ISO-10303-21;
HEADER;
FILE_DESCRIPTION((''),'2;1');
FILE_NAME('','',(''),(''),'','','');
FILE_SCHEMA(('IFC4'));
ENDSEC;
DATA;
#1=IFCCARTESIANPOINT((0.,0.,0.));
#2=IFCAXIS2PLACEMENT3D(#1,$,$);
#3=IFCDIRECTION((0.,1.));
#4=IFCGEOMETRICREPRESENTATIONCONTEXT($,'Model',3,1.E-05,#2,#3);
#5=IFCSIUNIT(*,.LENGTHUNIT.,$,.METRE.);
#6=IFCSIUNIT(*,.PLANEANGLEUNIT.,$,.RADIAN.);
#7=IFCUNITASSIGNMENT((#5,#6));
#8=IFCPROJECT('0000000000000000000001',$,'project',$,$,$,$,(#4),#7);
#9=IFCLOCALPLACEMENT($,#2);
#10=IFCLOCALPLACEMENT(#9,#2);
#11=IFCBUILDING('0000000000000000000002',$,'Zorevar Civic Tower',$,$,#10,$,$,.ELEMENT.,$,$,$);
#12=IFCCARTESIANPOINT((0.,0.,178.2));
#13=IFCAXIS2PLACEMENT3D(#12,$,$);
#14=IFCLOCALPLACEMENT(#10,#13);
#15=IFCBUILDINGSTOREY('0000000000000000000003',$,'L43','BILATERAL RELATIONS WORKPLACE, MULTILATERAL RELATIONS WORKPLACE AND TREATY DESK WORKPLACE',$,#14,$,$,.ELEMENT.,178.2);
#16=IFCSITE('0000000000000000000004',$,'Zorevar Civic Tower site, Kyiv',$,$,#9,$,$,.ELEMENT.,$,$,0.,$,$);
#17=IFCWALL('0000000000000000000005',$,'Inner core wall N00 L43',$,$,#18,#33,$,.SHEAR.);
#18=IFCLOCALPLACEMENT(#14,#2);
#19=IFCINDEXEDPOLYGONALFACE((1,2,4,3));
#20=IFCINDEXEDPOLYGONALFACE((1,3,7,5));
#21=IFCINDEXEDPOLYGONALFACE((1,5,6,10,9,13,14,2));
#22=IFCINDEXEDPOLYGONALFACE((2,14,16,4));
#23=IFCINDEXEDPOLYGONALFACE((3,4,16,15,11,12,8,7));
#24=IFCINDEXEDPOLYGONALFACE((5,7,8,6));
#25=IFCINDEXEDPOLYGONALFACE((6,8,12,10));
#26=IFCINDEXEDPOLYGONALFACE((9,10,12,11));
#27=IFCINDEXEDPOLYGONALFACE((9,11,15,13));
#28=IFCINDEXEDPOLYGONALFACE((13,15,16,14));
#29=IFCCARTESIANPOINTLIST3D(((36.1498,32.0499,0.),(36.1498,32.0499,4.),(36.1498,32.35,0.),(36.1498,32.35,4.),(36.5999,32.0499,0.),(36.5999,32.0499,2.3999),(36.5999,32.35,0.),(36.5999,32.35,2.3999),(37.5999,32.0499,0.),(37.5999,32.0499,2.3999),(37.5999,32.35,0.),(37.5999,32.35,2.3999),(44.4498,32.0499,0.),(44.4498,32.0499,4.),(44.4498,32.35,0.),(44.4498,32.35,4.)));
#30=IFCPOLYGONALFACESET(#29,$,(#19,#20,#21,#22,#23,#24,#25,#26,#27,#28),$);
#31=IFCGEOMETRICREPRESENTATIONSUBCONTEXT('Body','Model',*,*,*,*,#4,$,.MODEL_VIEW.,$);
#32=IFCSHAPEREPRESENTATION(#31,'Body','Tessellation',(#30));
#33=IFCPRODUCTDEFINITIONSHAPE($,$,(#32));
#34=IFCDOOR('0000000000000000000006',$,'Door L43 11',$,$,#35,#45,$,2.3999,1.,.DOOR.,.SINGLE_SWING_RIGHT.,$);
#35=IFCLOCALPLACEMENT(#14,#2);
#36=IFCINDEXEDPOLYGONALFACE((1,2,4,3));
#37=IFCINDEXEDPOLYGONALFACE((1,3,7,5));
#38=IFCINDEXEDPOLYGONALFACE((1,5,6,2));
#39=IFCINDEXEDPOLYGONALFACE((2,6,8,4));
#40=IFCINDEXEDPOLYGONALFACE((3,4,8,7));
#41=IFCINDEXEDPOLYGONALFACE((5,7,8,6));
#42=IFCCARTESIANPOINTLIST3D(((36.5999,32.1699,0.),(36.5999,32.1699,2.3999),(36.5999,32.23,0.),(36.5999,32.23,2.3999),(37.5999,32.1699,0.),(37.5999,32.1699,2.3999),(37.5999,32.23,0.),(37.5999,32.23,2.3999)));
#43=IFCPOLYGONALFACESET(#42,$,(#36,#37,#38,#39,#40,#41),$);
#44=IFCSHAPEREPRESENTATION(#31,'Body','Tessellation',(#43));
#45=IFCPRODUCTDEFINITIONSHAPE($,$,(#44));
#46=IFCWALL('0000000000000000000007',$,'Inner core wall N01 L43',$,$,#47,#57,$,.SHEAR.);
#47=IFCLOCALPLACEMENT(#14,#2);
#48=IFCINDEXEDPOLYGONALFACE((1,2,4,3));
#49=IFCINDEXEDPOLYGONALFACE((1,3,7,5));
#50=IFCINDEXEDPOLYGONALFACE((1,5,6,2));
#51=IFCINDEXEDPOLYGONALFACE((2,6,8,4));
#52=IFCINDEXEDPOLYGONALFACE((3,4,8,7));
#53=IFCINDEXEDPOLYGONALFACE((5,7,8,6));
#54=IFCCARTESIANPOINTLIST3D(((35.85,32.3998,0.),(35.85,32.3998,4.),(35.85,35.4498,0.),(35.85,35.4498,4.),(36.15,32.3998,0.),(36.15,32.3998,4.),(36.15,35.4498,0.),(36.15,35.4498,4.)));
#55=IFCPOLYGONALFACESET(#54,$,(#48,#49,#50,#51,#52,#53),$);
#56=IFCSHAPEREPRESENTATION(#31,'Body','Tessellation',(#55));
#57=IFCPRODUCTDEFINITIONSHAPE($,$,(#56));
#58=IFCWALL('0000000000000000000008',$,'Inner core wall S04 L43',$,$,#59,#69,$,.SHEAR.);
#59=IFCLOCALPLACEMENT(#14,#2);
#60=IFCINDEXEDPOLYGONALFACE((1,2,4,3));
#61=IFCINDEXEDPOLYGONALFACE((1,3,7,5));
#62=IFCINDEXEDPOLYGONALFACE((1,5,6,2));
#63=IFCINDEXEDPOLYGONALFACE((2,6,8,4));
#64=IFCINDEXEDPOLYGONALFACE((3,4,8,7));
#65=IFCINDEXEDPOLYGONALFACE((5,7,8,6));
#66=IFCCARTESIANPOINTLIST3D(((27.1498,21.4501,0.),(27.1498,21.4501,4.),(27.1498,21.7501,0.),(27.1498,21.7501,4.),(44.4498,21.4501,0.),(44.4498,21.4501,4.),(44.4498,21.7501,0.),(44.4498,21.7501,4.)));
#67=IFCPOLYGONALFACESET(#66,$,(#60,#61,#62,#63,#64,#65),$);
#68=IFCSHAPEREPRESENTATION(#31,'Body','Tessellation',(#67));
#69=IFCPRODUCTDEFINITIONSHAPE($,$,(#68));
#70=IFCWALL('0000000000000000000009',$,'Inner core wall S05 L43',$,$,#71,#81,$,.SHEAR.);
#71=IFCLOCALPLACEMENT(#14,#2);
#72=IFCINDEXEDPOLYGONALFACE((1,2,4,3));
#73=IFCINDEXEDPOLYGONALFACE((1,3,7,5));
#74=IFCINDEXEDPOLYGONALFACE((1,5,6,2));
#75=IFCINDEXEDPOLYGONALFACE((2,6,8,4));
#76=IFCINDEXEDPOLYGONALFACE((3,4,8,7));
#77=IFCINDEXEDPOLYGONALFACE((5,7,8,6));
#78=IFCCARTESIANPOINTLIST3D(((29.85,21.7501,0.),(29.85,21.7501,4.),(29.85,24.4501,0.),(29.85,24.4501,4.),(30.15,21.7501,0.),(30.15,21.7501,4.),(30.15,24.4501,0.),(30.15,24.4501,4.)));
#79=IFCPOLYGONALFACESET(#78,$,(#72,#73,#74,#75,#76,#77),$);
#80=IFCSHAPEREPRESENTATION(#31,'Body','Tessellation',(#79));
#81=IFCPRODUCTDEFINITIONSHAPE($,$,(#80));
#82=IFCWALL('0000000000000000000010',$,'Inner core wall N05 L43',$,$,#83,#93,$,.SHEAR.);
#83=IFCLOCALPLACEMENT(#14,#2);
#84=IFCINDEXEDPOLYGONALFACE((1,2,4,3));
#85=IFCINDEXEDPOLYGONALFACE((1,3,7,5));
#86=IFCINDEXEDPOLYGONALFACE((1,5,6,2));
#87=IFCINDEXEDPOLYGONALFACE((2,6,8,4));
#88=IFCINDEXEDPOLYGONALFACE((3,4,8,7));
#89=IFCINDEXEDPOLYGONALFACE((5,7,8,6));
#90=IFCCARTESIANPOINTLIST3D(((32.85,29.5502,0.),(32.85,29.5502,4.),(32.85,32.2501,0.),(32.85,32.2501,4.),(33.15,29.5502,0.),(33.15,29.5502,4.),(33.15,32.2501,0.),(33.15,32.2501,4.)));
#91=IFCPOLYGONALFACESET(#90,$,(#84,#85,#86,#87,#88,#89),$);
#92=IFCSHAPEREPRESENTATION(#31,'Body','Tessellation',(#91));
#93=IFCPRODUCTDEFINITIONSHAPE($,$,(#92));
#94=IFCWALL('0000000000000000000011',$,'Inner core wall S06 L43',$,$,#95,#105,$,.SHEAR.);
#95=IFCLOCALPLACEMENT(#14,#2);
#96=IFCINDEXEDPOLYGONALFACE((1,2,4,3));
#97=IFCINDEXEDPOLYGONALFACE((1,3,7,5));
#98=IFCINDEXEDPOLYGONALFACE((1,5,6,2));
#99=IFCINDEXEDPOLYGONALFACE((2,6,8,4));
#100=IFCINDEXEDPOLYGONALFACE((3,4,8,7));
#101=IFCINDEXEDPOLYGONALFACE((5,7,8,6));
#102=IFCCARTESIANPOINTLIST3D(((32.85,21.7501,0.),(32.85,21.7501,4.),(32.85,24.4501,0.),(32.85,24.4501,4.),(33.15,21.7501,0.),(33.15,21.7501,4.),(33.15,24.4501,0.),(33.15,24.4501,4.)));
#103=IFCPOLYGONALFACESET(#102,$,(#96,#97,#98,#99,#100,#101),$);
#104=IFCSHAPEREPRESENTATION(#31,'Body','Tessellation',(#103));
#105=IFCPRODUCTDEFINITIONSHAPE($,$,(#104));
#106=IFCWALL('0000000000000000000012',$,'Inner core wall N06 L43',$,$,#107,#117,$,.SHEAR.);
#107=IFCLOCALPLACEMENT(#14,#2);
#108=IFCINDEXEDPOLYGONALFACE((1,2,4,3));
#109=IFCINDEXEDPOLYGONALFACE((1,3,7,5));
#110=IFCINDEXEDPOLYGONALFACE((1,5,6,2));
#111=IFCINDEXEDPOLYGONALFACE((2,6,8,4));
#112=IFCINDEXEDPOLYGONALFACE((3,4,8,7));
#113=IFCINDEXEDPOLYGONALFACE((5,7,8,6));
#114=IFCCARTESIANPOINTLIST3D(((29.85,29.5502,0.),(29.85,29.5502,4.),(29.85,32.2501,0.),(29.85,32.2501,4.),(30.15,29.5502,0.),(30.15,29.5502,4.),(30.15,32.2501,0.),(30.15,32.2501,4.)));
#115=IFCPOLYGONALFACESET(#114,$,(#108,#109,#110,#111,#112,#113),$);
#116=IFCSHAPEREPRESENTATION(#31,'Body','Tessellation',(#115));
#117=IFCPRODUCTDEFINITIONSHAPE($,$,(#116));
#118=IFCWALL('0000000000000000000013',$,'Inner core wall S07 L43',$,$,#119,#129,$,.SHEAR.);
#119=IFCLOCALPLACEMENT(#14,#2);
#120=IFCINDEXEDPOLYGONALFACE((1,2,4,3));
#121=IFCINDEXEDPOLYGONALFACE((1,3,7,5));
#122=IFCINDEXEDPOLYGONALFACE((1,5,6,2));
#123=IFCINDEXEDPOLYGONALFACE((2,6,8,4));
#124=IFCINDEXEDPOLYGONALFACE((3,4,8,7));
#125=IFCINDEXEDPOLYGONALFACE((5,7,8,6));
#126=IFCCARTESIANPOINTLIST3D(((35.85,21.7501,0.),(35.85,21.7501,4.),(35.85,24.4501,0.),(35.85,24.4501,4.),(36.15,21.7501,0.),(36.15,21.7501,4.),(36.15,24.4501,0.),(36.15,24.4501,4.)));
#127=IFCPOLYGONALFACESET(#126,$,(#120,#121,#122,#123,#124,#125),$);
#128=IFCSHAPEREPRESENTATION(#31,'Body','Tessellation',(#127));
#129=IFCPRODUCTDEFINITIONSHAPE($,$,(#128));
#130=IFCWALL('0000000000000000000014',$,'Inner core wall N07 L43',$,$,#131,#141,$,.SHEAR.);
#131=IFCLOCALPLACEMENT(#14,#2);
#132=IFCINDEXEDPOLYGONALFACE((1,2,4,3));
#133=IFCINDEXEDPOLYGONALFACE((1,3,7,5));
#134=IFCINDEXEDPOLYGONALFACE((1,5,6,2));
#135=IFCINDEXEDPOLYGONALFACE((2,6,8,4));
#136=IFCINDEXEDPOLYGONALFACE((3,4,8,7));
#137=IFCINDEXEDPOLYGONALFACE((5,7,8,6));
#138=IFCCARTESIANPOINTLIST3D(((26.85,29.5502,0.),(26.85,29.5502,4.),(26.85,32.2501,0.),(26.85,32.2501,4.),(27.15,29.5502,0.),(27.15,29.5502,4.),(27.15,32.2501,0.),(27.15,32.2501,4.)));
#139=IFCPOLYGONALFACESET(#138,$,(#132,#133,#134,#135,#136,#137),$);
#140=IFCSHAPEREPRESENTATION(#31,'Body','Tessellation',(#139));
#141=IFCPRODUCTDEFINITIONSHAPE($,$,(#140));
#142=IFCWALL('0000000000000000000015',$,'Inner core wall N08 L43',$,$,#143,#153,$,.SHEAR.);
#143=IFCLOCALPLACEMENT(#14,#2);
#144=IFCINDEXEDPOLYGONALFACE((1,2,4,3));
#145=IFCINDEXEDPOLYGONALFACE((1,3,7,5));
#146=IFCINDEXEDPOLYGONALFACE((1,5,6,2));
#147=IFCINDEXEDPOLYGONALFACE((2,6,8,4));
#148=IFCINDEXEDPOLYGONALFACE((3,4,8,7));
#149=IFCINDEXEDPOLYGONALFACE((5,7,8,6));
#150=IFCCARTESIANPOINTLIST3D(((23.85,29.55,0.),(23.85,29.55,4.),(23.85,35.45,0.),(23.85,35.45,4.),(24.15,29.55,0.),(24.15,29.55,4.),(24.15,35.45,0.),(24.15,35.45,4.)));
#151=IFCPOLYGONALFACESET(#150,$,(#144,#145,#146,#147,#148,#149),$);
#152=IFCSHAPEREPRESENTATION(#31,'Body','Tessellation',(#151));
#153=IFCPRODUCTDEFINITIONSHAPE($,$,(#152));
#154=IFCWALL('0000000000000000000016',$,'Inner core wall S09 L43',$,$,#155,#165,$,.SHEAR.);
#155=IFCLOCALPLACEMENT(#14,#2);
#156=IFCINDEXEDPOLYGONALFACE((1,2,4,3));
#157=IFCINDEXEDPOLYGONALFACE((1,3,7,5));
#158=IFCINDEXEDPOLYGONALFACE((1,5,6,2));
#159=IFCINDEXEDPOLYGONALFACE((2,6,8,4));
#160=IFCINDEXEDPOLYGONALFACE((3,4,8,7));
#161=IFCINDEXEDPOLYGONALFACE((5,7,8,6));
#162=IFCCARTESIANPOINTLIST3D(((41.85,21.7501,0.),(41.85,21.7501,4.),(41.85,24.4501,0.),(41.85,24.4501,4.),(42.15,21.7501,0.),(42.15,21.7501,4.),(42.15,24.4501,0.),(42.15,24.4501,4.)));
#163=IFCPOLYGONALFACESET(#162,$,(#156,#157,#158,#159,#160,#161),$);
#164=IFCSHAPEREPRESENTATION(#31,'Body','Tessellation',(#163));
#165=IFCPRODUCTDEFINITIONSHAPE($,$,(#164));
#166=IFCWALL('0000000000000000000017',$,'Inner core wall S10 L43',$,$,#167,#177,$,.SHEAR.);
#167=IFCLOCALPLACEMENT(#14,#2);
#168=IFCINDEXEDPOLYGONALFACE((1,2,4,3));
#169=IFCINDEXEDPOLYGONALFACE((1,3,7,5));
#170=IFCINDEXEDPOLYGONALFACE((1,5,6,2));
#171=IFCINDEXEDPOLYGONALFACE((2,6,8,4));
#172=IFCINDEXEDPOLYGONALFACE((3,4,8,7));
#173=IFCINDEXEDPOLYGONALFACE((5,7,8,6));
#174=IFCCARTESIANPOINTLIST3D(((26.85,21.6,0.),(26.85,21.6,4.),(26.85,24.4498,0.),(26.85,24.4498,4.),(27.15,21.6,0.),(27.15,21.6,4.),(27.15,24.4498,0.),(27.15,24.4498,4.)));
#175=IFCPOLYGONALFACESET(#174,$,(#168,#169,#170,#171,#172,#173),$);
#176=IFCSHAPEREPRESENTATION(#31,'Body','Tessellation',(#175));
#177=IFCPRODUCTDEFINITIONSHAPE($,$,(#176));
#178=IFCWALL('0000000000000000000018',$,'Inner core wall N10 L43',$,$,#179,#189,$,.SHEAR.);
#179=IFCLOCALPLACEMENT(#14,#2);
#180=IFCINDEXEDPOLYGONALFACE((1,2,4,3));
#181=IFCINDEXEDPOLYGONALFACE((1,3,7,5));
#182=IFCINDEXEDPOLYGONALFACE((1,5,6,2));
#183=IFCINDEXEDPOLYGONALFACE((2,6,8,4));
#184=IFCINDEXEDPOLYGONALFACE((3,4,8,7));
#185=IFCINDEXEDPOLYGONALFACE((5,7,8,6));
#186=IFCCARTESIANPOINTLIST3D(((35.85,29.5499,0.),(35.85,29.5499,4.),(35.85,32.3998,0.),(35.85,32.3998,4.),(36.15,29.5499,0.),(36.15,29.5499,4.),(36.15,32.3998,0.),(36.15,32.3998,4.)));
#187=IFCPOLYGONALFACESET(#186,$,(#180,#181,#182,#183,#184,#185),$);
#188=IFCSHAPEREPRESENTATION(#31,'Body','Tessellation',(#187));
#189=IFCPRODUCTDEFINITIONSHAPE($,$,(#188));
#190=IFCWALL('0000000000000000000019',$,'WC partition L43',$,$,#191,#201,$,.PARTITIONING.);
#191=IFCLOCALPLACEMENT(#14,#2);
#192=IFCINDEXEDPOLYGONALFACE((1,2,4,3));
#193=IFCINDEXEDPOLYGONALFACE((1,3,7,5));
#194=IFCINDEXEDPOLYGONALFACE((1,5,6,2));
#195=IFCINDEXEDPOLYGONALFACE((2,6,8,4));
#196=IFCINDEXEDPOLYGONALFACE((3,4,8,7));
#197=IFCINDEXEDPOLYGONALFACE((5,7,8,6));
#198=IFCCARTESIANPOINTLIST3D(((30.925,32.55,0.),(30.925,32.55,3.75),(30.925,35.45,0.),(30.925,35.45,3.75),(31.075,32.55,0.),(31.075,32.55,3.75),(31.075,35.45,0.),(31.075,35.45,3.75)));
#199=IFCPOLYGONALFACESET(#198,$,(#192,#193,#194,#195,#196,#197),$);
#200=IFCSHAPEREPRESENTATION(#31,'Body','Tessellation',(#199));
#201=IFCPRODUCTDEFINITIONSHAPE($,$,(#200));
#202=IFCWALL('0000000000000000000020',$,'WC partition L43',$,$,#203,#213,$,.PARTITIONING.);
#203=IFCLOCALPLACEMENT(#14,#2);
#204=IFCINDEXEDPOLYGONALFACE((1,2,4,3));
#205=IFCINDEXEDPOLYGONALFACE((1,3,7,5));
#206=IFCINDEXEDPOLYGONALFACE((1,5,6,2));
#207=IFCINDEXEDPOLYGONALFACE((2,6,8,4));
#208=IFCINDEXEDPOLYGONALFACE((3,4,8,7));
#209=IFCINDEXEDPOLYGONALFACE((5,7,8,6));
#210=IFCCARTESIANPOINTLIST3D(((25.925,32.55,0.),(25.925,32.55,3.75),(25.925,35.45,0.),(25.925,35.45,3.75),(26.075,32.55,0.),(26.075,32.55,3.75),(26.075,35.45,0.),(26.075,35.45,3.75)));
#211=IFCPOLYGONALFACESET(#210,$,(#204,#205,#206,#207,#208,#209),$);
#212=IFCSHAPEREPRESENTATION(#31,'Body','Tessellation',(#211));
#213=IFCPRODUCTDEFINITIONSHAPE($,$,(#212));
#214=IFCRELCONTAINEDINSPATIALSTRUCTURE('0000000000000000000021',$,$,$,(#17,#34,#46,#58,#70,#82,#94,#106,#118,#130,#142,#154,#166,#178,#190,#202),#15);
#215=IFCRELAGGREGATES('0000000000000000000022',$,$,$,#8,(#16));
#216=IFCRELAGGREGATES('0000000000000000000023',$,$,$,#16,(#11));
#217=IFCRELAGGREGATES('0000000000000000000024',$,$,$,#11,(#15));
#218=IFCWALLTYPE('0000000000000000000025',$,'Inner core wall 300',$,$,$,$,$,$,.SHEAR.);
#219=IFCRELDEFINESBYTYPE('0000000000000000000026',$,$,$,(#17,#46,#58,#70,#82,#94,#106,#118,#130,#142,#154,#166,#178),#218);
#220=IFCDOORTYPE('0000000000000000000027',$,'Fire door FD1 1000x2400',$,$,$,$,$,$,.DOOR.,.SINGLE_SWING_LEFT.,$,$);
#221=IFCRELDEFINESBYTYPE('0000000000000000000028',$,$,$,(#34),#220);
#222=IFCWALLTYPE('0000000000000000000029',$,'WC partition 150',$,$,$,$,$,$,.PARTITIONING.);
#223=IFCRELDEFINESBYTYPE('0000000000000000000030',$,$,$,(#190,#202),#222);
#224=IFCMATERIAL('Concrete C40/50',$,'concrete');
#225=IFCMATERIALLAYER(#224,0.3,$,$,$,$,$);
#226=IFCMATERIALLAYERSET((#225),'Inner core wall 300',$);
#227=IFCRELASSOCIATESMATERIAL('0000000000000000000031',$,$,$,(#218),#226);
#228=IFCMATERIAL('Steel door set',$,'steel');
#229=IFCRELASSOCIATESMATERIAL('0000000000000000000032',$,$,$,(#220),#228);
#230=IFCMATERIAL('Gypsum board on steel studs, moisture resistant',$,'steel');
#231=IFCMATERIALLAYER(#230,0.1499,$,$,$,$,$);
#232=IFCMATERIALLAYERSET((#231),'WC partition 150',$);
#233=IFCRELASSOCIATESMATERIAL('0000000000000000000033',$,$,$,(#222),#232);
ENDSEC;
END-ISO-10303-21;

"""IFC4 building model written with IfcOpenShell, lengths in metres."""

from ifc_helpers import new_model, si_unit, direction, frame, frame_2d, origin, place, context, subcontext, project, spatial, rectangle, extrude, material, layer, layer_set, type_object, element, fill, save


model = new_model("IFC4")

# Units and contexts
model_context = context("Model", 3, precision=1e-05, world=origin(), true_north=direction((0.0, 1.0)))
body_context = subcontext(model_context, "Body", "Model", "MODEL_VIEW")
ifc_project = project(units=[si_unit("LENGTHUNIT", "METRE"), si_unit("PLANEANGLEUNIT", "RADIAN")], contexts=[model_context])

# Site, building, storey
site_placement = place(None, origin())
site = spatial("IfcSite", under=ifc_project, at=site_placement, Name="Zorevar Civic Tower site, Kyiv", CompositionType="ELEMENT", RefElevation=0.0)
building_placement = place(site_placement, origin())
building = spatial("IfcBuilding", under=site, at=building_placement, Name="Zorevar Civic Tower", CompositionType="ELEMENT")
storey_placement = place(building_placement, frame((0.0, 0.0, 178.2)))
storey = spatial("IfcBuildingStorey", under=building, at=storey_placement, Name="L43", Description="BILATERAL RELATIONS WORKPLACE, MULTILATERAL RELATIONS WORKPLACE AND TREATY DESK WORKPLACE", CompositionType="ELEMENT", Elevation=178.2)

# Wall, opening, door
ifc_material_1 = material(Name="Concrete C40/50", Category="concrete")
ifc_layer_1 = layer(ifc_material_1, 0.3)
ifc_layer_set_1 = layer_set([ifc_layer_1], Name="Inner core wall 300")
wall_type_1 = type_object("IfcWallType", Name="Inner core wall 300", PredefinedType="SHEAR", material=ifc_layer_set_1)
wall_1_placement = place(storey_placement, frame((36.1499, 32.2, 0.0), z_axis=(0.0, 0.0, 1.0), x_axis=(1.0, 0.0, 0.0)))
wall_1 = element("IfcWall", 1, at=wall_1_placement, inside=storey, type_object=wall_type_1, Name="Inner core wall N00 L43", PredefinedType="SHEAR", context=body_context, shape_type="SweptSolid", body=[
    extrude(rectangle(XDim=8.3, YDim=0.3, at=frame_2d((4.1499, 0.0))), origin(), (0.0, 0.0, 1.0), 4.0),
])
opening_1_placement = place(wall_1_placement, frame((0.45, 0.0, 0.0)))
opening_1 = element("IfcOpeningElement", 2, at=opening_1_placement, cuts=wall_1, PredefinedType="OPENING", context=body_context, shape_type="SweptSolid", body=[
    extrude(rectangle(XDim=1.0, YDim=2.3999, at=frame_2d((0.5, 1.2))), frame((0.0, 0.1599, 0.0), z_axis=(0.0, -1.0, 0.0), x_axis=(1.0, 0.0, 0.0)), (0.0, 0.0, 1.0), 0.3201),
])
ifc_material_2 = material(Name="Steel door set", Category="steel")
door_type_1 = type_object("IfcDoorType", Name="Fire door FD1 1000x2400", OperationType="SINGLE_SWING_LEFT", PredefinedType="DOOR", material=ifc_material_2)
door_1_placement = place(opening_1_placement, origin())
door_1 = element("IfcDoor", 3, at=door_1_placement, inside=storey, type_object=door_type_1, Name="Door L43 11", OperationType="SINGLE_SWING_RIGHT", OverallHeight=2.3999, OverallWidth=1.0, PredefinedType="DOOR", context=body_context, shape_type="SweptSolid", body=[
    extrude(rectangle(XDim=1.0, YDim=2.3999, at=frame_2d((0.5, 1.2))), frame((0.0, 0.03, 0.0), z_axis=(0.0, -1.0, 0.0), x_axis=(1.0, 0.0, 0.0)), (0.0, 0.0, 1.0), 0.0601),
])
fill(opening_1, door_1)

# Wall
wall_2_placement = place(storey_placement, frame((36.0, 32.3999, 0.0), z_axis=(0.0, 0.0, 1.0), x_axis=(0.0, 1.0, 0.0)))
element("IfcWall", 4, at=wall_2_placement, inside=storey, type_object=wall_type_1, Name="Inner core wall N01 L43", PredefinedType="SHEAR", context=body_context, shape_type="SweptSolid", body=[
    extrude(rectangle(XDim=3.05, YDim=0.3, at=frame_2d((1.5249, 0.0))), origin(), (0.0, 0.0, 1.0), 4.0),
])

# Walls
wall_3_placement = place(storey_placement, frame((27.1499, 21.6001, 0.0), z_axis=(0.0, 0.0, 1.0), x_axis=(1.0, 0.0, 0.0)))
element("IfcWall", 5, at=wall_3_placement, inside=storey, type_object=wall_type_1, Name="Inner core wall S04 L43", PredefinedType="SHEAR", context=body_context, shape_type="SweptSolid", body=[
    extrude(rectangle(XDim=17.3, YDim=0.3, at=frame_2d((8.6499, 0.0))), origin(), (0.0, 0.0, 1.0), 4.0),
])
for number, where, z_axis, x_axis, name in (
    (6, (30.0, 21.75, 0.0), (0.0, 0.0, 1.0), (0.0, 1.0, 0.0), "Inner core wall S05 L43"),
    (7, (33.0, 29.55, 0.0), (0.0, 0.0, 1.0), (0.0, 1.0, 0.0), "Inner core wall N05 L43"),
    (8, (33.0, 21.75, 0.0), (0.0, 0.0, 1.0), (0.0, 1.0, 0.0), "Inner core wall S06 L43"),
    (9, (30.0, 29.55, 0.0), (0.0, 0.0, 1.0), (0.0, 1.0, 0.0), "Inner core wall N06 L43"),
    (10, (36.0, 21.75, 0.0), (0.0, 0.0, 1.0), (0.0, 1.0, 0.0), "Inner core wall S07 L43"),
    (11, (27.0, 29.55, 0.0), (0.0, 0.0, 1.0), (0.0, 1.0, 0.0), "Inner core wall N07 L43"),
):
    element("IfcWall", number, at=place(storey_placement, frame(where, z_axis=z_axis, x_axis=x_axis)), inside=storey, type_object=wall_type_1, Name=name, PredefinedType="SHEAR", context=body_context, shape_type="SweptSolid", body=[
        extrude(rectangle(XDim=2.7, YDim=0.3, at=frame_2d((1.3501, 0.0))), origin(), (0.0, 0.0, 1.0), 4.0),
    ])
wall_4_placement = place(storey_placement, frame((24.0, 29.55, 0.0), z_axis=(0.0, 0.0, 1.0), x_axis=(0.0, 1.0, 0.0)))
element("IfcWall", 12, at=wall_4_placement, inside=storey, type_object=wall_type_1, Name="Inner core wall N08 L43", PredefinedType="SHEAR", context=body_context, shape_type="SweptSolid", body=[
    extrude(rectangle(XDim=5.8999, YDim=0.3, at=frame_2d((2.95, 0.0))), origin(), (0.0, 0.0, 1.0), 4.0),
])
wall_5_placement = place(storey_placement, frame((42.0, 21.75, 0.0), z_axis=(0.0, 0.0, 1.0), x_axis=(0.0, 1.0, 0.0)))
element("IfcWall", 13, at=wall_5_placement, inside=storey, type_object=wall_type_1, Name="Inner core wall S09 L43", PredefinedType="SHEAR", context=body_context, shape_type="SweptSolid", body=[
    extrude(rectangle(XDim=2.7, YDim=0.3, at=frame_2d((1.3501, 0.0))), origin(), (0.0, 0.0, 1.0), 4.0),
])
for number, where, z_axis, x_axis, name in (
    (14, (27.0, 21.6001, 0.0), (0.0, 0.0, 1.0), (0.0, 1.0, 0.0), "Inner core wall S10 L43"),
    (15, (36.0, 29.55, 0.0), (0.0, 0.0, 1.0), (0.0, 1.0, 0.0), "Inner core wall N10 L43"),
):
    element("IfcWall", number, at=place(storey_placement, frame(where, z_axis=z_axis, x_axis=x_axis)), inside=storey, type_object=wall_type_1, Name=name, PredefinedType="SHEAR", context=body_context, shape_type="SweptSolid", body=[
        extrude(rectangle(XDim=2.8499, YDim=0.3, at=frame_2d((1.4248, 0.0))), origin(), (0.0, 0.0, 1.0), 4.0),
    ])
ifc_material_3 = material(Name="Gypsum board on steel studs, moisture resistant", Category="steel")
ifc_layer_2 = layer(ifc_material_3, 0.1499)
ifc_layer_set_2 = layer_set([ifc_layer_2], Name="WC partition 150")
wall_type_2 = type_object("IfcWallType", Name="WC partition 150", PredefinedType="PARTITIONING", material=ifc_layer_set_2)
for number, where, z_axis, x_axis, name in (
    (16, (31.0, 32.55, 0.0), (0.0, 0.0, 1.0), (0.0, 1.0, 0.0), "WC partition L43"),
    (17, (26.0, 32.55, 0.0), (0.0, 0.0, 1.0), (0.0, 1.0, 0.0), "WC partition L43"),
):
    element("IfcWall", number, at=place(storey_placement, frame(where, z_axis=z_axis, x_axis=x_axis)), inside=storey, type_object=wall_type_2, Name=name, PredefinedType="PARTITIONING", context=body_context, shape_type="SweptSolid", body=[
        extrude(rectangle(XDim=2.8999, YDim=0.1499, at=frame_2d((1.45, 0.0))), origin(), (0.0, 0.0, 1.0), 3.75),
    ])

save(model, "model.ifc")
